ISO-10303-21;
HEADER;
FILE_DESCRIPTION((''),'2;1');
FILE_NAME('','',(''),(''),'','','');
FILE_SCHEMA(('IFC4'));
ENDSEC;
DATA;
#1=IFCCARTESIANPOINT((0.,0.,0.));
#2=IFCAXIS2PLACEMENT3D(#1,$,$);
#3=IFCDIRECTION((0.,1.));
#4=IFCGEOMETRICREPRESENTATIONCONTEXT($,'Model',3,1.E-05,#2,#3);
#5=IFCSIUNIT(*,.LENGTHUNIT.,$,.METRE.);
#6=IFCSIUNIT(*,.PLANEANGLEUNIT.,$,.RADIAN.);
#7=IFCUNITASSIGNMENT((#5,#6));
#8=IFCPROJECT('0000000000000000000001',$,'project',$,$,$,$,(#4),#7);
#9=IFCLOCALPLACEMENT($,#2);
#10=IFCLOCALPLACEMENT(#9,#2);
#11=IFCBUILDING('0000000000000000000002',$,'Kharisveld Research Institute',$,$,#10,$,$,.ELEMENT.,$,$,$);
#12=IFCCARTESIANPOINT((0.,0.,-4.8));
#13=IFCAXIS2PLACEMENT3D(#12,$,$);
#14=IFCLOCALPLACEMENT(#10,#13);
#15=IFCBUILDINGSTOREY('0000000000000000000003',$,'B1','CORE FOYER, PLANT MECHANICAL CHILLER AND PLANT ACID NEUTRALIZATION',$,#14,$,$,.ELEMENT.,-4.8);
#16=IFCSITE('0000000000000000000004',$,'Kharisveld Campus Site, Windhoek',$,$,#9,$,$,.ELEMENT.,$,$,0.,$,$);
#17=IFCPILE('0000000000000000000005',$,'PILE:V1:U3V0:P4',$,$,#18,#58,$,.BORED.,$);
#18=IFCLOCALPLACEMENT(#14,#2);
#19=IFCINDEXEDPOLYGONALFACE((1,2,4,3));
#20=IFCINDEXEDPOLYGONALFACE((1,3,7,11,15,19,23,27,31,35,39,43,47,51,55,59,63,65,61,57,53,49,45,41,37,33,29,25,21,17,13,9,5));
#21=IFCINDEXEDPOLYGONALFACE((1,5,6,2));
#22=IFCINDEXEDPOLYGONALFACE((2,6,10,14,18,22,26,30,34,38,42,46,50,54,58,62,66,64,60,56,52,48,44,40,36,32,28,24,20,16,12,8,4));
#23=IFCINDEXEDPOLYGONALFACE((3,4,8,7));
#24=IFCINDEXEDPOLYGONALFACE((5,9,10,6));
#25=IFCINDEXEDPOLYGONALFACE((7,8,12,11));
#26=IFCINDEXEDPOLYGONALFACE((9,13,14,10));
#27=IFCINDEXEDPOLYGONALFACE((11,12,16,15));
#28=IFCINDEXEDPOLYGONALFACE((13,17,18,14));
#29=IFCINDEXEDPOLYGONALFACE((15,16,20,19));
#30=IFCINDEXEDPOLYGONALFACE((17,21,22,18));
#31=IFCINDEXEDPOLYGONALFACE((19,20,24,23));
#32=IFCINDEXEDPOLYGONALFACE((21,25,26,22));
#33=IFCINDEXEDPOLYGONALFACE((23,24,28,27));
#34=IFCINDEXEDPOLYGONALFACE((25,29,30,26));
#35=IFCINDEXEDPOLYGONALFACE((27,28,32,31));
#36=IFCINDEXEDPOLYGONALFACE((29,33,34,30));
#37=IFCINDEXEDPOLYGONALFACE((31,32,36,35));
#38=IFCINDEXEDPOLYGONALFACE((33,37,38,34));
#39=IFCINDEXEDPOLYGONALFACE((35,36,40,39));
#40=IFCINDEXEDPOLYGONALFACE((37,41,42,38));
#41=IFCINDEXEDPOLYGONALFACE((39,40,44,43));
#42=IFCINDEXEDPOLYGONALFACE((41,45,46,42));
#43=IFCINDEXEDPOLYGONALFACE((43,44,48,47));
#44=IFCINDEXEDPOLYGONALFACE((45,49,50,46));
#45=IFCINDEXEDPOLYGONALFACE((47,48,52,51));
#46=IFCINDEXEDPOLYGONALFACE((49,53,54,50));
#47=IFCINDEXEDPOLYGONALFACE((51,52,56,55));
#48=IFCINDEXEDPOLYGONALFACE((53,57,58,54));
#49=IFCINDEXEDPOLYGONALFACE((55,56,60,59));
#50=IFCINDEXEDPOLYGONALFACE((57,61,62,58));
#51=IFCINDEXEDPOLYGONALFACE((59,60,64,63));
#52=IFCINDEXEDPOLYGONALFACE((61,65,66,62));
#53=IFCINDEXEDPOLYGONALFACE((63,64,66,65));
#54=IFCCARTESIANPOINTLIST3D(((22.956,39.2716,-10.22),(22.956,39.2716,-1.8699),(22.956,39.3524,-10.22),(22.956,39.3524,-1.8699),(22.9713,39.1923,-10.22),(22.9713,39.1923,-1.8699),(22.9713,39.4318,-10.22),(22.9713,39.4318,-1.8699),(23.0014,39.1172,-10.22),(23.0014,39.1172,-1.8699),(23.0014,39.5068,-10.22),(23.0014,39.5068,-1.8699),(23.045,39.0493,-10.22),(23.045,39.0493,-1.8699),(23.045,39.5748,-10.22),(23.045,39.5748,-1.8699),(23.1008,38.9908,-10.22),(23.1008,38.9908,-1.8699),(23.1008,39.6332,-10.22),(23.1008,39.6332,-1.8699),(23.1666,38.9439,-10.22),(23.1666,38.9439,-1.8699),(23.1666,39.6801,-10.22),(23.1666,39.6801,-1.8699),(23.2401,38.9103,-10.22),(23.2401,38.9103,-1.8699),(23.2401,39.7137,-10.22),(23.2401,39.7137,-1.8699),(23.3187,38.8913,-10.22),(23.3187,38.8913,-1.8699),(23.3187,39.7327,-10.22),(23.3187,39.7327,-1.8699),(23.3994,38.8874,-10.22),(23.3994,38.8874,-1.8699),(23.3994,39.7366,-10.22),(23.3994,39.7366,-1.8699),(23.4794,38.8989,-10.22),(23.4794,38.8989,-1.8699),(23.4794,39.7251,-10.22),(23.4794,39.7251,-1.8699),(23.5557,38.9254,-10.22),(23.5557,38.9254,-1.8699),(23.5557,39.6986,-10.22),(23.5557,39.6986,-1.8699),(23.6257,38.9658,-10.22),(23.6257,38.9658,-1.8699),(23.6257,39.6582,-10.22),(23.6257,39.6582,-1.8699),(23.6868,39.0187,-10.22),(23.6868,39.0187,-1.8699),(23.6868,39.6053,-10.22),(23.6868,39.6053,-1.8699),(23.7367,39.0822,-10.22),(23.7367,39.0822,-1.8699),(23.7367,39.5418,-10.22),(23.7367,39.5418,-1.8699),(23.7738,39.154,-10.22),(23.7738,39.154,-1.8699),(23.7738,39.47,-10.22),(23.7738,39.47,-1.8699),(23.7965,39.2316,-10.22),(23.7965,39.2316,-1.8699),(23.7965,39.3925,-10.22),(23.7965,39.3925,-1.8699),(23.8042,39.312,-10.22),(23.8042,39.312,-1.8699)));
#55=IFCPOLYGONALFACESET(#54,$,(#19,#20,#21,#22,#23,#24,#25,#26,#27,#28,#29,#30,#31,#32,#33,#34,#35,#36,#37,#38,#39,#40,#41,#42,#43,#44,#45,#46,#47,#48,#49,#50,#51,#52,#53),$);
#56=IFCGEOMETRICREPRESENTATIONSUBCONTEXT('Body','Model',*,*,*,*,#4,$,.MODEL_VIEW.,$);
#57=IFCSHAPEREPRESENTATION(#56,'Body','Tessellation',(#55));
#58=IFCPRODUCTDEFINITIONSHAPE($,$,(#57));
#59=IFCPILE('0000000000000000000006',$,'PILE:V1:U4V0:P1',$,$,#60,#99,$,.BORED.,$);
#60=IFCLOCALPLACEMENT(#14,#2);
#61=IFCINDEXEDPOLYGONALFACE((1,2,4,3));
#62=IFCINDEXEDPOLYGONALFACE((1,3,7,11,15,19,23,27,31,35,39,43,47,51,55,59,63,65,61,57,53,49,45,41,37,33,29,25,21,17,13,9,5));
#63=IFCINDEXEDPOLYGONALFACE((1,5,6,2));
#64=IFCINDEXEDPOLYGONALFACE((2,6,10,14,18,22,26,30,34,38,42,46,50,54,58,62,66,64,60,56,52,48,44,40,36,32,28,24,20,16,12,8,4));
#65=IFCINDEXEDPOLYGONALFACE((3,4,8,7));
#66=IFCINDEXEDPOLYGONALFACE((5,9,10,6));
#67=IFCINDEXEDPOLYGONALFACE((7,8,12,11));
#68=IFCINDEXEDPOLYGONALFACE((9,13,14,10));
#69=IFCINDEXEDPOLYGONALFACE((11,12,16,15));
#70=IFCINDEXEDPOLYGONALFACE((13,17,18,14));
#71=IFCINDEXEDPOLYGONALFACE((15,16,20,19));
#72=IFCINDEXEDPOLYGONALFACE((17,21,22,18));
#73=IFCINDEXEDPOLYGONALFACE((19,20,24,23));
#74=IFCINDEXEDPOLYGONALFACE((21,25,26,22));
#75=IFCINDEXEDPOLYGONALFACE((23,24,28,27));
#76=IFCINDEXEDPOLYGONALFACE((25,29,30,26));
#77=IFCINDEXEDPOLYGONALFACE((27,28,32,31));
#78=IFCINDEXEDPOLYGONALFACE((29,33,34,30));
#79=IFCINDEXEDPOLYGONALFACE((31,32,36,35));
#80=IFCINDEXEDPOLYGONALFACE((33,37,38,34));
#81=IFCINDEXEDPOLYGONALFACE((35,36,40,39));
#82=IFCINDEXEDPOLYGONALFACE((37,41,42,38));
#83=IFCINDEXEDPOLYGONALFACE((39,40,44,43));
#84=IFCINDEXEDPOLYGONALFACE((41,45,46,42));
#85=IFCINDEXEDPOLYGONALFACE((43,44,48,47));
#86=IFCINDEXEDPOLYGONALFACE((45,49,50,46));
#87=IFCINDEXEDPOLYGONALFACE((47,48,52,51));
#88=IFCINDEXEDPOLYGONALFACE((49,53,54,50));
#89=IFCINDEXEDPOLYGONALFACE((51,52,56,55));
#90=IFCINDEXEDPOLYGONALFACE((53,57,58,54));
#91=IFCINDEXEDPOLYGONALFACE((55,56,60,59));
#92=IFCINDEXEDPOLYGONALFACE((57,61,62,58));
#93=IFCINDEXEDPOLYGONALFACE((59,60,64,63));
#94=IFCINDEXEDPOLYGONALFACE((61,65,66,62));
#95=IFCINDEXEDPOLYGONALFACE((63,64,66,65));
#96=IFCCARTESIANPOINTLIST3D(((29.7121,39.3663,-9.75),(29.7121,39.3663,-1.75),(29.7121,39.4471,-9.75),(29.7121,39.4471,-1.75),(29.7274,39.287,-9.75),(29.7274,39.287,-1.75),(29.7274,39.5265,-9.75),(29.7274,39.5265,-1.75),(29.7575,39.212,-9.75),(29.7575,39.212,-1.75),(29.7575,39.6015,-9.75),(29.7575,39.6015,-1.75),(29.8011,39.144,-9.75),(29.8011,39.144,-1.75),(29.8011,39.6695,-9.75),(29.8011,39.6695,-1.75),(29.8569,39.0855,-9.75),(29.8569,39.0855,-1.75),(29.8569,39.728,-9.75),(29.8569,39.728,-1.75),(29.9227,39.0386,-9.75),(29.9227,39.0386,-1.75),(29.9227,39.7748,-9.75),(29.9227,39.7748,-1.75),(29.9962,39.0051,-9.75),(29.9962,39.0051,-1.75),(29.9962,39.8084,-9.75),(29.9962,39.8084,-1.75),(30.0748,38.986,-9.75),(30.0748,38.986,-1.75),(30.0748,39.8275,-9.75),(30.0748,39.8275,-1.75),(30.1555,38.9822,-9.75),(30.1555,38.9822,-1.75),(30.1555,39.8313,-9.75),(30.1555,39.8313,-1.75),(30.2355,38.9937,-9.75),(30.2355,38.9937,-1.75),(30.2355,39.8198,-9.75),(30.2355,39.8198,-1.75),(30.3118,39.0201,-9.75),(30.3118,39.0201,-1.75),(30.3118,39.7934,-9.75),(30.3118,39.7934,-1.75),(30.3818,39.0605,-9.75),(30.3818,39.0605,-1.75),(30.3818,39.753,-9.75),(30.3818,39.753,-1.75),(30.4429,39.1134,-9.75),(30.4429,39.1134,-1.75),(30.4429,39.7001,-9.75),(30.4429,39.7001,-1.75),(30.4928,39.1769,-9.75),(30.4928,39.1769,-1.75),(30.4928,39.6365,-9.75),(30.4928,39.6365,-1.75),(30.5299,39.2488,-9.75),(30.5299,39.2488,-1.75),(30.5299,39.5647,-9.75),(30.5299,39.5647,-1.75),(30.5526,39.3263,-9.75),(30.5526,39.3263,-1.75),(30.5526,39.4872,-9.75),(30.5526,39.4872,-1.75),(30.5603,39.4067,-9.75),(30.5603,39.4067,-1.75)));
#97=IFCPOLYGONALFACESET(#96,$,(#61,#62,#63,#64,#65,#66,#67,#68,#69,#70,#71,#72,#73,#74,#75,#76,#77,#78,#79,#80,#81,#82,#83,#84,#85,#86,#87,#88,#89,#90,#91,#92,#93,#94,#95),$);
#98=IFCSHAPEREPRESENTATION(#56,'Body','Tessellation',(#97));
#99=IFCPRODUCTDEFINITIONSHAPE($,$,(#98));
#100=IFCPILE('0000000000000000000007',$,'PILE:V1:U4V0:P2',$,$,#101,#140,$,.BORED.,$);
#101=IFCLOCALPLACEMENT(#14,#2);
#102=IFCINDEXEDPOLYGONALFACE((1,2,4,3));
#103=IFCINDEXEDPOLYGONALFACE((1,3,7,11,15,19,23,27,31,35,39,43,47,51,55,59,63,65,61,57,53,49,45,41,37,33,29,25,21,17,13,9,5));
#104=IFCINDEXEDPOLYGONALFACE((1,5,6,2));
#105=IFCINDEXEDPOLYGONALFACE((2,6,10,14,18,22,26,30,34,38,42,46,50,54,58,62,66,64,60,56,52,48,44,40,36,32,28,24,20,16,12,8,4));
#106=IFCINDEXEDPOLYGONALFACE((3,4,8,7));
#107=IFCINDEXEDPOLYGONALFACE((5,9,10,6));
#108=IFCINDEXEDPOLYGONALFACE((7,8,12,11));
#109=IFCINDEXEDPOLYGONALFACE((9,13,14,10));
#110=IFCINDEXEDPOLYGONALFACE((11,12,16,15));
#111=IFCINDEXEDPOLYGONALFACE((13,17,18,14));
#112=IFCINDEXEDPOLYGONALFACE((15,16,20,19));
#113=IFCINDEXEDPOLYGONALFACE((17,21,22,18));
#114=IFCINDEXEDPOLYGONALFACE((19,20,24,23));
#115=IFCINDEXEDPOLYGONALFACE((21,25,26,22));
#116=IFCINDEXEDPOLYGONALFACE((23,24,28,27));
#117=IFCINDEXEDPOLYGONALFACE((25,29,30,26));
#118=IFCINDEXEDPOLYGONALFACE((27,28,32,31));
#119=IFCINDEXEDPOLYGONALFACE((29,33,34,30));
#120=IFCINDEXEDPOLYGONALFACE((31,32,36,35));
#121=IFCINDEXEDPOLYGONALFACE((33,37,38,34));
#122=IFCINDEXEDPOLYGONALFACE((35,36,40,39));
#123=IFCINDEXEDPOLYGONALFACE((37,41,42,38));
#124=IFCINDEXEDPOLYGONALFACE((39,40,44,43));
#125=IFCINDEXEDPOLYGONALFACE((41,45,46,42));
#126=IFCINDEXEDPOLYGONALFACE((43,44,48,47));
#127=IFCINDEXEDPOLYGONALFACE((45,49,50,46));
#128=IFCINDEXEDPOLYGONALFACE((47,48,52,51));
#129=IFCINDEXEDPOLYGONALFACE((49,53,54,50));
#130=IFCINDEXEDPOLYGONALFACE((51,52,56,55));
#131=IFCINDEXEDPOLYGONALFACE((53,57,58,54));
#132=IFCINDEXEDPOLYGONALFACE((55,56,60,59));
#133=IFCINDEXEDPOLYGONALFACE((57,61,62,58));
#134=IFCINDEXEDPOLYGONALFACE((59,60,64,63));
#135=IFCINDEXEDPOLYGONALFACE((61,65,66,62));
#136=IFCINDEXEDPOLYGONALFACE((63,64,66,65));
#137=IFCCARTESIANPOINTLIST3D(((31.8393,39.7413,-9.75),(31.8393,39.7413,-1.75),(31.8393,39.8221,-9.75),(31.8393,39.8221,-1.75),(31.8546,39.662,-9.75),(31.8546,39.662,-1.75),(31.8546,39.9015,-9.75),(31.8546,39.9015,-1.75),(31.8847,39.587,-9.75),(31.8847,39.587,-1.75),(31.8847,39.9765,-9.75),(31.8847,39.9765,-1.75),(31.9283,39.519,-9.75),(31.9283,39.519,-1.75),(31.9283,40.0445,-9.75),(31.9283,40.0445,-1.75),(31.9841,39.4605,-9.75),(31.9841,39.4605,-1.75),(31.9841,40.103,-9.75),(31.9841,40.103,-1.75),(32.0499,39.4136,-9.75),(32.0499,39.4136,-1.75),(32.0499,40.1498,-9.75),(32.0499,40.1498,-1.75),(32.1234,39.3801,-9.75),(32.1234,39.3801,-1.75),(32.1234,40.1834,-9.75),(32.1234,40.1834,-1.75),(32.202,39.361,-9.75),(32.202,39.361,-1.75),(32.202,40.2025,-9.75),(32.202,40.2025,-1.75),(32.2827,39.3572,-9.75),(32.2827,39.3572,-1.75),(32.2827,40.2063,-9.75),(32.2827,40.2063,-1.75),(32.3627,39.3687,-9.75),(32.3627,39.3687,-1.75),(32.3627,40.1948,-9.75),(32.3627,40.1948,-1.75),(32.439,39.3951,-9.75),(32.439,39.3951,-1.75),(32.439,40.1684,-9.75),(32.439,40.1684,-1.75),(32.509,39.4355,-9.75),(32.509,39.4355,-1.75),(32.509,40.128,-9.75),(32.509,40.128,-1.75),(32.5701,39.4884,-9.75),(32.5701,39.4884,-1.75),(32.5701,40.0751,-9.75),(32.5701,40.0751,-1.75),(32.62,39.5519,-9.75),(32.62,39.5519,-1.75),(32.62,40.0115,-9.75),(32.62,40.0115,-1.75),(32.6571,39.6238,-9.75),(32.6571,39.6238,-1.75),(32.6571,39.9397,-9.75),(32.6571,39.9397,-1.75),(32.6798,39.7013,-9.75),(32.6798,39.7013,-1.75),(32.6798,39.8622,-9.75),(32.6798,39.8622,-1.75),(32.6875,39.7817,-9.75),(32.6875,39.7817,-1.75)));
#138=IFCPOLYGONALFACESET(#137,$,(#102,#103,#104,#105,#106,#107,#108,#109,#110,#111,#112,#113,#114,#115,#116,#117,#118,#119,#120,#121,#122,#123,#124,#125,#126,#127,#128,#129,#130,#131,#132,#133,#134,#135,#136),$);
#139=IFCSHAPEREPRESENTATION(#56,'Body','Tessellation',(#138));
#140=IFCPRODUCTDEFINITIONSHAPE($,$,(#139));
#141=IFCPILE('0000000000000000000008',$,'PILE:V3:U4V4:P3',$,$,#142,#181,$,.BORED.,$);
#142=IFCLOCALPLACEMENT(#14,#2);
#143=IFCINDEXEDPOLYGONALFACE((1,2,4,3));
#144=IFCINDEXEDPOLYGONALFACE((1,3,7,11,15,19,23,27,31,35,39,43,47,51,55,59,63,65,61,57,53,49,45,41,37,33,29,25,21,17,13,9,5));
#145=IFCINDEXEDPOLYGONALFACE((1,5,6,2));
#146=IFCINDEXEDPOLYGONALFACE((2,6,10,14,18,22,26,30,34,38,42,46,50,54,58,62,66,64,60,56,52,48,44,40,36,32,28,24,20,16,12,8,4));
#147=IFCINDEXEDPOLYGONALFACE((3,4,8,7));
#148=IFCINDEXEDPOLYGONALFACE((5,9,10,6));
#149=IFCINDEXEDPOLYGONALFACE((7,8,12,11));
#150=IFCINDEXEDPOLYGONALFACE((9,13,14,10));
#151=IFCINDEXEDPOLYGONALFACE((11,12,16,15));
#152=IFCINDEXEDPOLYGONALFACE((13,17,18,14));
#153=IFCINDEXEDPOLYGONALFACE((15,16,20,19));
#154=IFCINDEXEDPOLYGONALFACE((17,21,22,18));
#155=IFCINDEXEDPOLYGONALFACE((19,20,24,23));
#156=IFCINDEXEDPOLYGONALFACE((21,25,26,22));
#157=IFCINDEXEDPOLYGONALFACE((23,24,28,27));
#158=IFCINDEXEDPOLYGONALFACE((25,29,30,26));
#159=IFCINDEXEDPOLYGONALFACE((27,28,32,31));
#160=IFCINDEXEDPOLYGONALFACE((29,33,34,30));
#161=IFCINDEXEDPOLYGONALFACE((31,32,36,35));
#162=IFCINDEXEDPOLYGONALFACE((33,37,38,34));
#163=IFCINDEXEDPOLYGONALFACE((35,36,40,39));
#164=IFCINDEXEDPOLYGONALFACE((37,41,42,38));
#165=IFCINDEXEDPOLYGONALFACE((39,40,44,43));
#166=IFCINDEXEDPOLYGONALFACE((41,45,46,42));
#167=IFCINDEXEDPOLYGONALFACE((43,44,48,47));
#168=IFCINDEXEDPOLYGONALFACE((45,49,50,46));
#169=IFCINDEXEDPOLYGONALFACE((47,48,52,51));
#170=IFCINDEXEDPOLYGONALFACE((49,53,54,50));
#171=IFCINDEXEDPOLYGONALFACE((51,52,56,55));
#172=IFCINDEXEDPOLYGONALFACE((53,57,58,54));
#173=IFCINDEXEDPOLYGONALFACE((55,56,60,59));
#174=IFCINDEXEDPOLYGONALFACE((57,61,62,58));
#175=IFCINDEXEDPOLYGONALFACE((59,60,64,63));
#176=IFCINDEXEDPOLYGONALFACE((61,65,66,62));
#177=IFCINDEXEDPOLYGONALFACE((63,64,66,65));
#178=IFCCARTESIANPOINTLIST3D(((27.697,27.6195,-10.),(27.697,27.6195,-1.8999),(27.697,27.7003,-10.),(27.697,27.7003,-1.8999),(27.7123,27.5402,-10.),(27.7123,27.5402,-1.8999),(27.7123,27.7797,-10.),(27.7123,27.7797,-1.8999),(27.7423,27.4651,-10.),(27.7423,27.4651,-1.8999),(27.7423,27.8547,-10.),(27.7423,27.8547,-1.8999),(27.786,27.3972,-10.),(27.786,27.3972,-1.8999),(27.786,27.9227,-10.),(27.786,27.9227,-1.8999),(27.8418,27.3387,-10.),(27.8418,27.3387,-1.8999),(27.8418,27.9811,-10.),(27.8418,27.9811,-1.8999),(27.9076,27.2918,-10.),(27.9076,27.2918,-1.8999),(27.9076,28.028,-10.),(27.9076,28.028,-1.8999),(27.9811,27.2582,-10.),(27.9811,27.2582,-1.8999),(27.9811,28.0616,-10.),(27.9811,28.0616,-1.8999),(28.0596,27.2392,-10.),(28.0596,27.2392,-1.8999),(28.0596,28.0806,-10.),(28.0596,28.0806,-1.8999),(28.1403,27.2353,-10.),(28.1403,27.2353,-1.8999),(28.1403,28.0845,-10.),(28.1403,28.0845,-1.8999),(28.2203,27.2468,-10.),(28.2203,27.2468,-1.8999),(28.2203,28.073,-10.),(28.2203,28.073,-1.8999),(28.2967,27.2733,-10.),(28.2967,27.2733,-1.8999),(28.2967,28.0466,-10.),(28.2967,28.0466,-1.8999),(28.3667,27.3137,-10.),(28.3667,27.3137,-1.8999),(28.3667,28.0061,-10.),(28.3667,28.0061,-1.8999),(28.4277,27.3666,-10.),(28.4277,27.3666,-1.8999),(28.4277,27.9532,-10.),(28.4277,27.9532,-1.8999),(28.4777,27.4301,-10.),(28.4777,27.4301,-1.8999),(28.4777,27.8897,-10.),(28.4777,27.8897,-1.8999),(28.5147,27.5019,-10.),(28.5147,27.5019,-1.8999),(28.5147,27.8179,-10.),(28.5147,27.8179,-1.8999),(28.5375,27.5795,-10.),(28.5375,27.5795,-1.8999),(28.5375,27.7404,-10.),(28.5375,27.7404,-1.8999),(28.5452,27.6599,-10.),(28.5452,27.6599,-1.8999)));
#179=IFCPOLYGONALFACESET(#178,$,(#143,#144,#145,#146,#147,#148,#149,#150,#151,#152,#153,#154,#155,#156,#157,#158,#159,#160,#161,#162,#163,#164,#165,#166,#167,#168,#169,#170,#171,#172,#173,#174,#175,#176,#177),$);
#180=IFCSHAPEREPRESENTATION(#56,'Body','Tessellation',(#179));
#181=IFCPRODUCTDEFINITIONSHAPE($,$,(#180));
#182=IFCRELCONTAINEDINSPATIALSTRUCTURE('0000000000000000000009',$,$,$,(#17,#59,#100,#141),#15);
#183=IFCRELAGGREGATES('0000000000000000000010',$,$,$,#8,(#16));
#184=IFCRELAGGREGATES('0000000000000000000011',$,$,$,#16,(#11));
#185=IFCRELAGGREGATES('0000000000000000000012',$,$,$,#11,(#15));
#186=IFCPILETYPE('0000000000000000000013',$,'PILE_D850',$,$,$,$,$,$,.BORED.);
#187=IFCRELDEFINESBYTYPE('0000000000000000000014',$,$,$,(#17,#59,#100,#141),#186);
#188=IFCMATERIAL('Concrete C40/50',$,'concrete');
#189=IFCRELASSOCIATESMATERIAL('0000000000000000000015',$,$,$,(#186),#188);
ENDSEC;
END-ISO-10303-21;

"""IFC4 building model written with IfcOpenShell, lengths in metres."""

from ifc_helpers import new_model, si_unit, direction, frame, origin, origin_2d, place, context, subcontext, project, spatial, circle, extrude, material, material_profile, profile_set, type_object, element, save


model = new_model("IFC4")

# Units and contexts
model_context = context("Model", 3, precision=1e-05, world=origin(), true_north=direction((0.0, 1.0)))
body_context = subcontext(model_context, "Body", "Model", "MODEL_VIEW")
ifc_project = project(units=[si_unit("LENGTHUNIT", "METRE"), si_unit("PLANEANGLEUNIT", "RADIAN")], contexts=[model_context])

# Site, building, storey
site_placement = place(None, origin())
site = spatial("IfcSite", under=ifc_project, at=site_placement, Name="Kharisveld Campus Site, Windhoek", CompositionType="ELEMENT", RefElevation=0.0)
building_placement = place(site_placement, origin())
building = spatial("IfcBuilding", under=site, at=building_placement, Name="Kharisveld Research Institute", CompositionType="ELEMENT")
storey_placement = place(building_placement, frame((0.0, 0.0, -4.8)))
storey = spatial("IfcBuildingStorey", under=building, at=storey_placement, Name="B1", Description="CORE FOYER, PLANT MECHANICAL CHILLER AND PLANT ACID NEUTRALIZATION", CompositionType="ELEMENT", Elevation=-4.8)

# Piles
ifc_material_1 = material(Name="Concrete C40/50", Category="concrete")
ifc_material_profile_1 = material_profile(ifc_material_1, circle(Radius=0.425, at=origin_2d()))
ifc_profile_set_1 = profile_set([ifc_material_profile_1], Name="Concrete C40/50")
pile_type_1 = type_object("IfcPileType", Name="PILE_D850", PredefinedType="BORED", material=ifc_profile_set_1)
for number, where, z_axis, x_axis, name in (
    (1, (23.3792, 39.312, -1.8699), (0.0, 0.0, -1.0), (1.0, 0.0, 0.0), "PILE:V1:U3V0:P4"),
):
    element("IfcPile", number, at=place(storey_placement, frame(where, z_axis=z_axis, x_axis=x_axis)), inside=storey, type_object=pile_type_1, Name=name, PredefinedType="BORED", context=body_context, shape_type="SweptSolid", body=[
        extrude(circle(Radius=0.425, at=origin_2d()), origin(), (0.0, 0.0, 1.0), 8.3501),
    ])
for number, where, z_axis, x_axis, name in (
    (2, (30.1353, 39.4067, -1.75), (0.0, 0.0, -1.0), (1.0, 0.0, 0.0), "PILE:V1:U4V0:P1"),
    (3, (32.2625, 39.7817, -1.75), (0.0, 0.0, -1.0), (1.0, 0.0, 0.0), "PILE:V1:U4V0:P2"),
):
    element("IfcPile", number, at=place(storey_placement, frame(where, z_axis=z_axis, x_axis=x_axis)), inside=storey, type_object=pile_type_1, Name=name, PredefinedType="BORED", context=body_context, shape_type="SweptSolid", body=[
        extrude(circle(Radius=0.425, at=origin_2d()), origin(), (0.0, 0.0, 1.0), 8.0),
    ])
for number, where, z_axis, x_axis, name in (
    (4, (28.1201, 27.6599, -1.8999), (0.0, 0.0, -1.0), (1.0, 0.0, 0.0), "PILE:V3:U4V4:P3"),
):
    element("IfcPile", number, at=place(storey_placement, frame(where, z_axis=z_axis, x_axis=x_axis)), inside=storey, type_object=pile_type_1, Name=name, PredefinedType="BORED", context=body_context, shape_type="SweptSolid", body=[
        extrude(circle(Radius=0.425, at=origin_2d()), origin(), (0.0, 0.0, 1.0), 8.1001),
    ])

save(model, "model.ifc")
